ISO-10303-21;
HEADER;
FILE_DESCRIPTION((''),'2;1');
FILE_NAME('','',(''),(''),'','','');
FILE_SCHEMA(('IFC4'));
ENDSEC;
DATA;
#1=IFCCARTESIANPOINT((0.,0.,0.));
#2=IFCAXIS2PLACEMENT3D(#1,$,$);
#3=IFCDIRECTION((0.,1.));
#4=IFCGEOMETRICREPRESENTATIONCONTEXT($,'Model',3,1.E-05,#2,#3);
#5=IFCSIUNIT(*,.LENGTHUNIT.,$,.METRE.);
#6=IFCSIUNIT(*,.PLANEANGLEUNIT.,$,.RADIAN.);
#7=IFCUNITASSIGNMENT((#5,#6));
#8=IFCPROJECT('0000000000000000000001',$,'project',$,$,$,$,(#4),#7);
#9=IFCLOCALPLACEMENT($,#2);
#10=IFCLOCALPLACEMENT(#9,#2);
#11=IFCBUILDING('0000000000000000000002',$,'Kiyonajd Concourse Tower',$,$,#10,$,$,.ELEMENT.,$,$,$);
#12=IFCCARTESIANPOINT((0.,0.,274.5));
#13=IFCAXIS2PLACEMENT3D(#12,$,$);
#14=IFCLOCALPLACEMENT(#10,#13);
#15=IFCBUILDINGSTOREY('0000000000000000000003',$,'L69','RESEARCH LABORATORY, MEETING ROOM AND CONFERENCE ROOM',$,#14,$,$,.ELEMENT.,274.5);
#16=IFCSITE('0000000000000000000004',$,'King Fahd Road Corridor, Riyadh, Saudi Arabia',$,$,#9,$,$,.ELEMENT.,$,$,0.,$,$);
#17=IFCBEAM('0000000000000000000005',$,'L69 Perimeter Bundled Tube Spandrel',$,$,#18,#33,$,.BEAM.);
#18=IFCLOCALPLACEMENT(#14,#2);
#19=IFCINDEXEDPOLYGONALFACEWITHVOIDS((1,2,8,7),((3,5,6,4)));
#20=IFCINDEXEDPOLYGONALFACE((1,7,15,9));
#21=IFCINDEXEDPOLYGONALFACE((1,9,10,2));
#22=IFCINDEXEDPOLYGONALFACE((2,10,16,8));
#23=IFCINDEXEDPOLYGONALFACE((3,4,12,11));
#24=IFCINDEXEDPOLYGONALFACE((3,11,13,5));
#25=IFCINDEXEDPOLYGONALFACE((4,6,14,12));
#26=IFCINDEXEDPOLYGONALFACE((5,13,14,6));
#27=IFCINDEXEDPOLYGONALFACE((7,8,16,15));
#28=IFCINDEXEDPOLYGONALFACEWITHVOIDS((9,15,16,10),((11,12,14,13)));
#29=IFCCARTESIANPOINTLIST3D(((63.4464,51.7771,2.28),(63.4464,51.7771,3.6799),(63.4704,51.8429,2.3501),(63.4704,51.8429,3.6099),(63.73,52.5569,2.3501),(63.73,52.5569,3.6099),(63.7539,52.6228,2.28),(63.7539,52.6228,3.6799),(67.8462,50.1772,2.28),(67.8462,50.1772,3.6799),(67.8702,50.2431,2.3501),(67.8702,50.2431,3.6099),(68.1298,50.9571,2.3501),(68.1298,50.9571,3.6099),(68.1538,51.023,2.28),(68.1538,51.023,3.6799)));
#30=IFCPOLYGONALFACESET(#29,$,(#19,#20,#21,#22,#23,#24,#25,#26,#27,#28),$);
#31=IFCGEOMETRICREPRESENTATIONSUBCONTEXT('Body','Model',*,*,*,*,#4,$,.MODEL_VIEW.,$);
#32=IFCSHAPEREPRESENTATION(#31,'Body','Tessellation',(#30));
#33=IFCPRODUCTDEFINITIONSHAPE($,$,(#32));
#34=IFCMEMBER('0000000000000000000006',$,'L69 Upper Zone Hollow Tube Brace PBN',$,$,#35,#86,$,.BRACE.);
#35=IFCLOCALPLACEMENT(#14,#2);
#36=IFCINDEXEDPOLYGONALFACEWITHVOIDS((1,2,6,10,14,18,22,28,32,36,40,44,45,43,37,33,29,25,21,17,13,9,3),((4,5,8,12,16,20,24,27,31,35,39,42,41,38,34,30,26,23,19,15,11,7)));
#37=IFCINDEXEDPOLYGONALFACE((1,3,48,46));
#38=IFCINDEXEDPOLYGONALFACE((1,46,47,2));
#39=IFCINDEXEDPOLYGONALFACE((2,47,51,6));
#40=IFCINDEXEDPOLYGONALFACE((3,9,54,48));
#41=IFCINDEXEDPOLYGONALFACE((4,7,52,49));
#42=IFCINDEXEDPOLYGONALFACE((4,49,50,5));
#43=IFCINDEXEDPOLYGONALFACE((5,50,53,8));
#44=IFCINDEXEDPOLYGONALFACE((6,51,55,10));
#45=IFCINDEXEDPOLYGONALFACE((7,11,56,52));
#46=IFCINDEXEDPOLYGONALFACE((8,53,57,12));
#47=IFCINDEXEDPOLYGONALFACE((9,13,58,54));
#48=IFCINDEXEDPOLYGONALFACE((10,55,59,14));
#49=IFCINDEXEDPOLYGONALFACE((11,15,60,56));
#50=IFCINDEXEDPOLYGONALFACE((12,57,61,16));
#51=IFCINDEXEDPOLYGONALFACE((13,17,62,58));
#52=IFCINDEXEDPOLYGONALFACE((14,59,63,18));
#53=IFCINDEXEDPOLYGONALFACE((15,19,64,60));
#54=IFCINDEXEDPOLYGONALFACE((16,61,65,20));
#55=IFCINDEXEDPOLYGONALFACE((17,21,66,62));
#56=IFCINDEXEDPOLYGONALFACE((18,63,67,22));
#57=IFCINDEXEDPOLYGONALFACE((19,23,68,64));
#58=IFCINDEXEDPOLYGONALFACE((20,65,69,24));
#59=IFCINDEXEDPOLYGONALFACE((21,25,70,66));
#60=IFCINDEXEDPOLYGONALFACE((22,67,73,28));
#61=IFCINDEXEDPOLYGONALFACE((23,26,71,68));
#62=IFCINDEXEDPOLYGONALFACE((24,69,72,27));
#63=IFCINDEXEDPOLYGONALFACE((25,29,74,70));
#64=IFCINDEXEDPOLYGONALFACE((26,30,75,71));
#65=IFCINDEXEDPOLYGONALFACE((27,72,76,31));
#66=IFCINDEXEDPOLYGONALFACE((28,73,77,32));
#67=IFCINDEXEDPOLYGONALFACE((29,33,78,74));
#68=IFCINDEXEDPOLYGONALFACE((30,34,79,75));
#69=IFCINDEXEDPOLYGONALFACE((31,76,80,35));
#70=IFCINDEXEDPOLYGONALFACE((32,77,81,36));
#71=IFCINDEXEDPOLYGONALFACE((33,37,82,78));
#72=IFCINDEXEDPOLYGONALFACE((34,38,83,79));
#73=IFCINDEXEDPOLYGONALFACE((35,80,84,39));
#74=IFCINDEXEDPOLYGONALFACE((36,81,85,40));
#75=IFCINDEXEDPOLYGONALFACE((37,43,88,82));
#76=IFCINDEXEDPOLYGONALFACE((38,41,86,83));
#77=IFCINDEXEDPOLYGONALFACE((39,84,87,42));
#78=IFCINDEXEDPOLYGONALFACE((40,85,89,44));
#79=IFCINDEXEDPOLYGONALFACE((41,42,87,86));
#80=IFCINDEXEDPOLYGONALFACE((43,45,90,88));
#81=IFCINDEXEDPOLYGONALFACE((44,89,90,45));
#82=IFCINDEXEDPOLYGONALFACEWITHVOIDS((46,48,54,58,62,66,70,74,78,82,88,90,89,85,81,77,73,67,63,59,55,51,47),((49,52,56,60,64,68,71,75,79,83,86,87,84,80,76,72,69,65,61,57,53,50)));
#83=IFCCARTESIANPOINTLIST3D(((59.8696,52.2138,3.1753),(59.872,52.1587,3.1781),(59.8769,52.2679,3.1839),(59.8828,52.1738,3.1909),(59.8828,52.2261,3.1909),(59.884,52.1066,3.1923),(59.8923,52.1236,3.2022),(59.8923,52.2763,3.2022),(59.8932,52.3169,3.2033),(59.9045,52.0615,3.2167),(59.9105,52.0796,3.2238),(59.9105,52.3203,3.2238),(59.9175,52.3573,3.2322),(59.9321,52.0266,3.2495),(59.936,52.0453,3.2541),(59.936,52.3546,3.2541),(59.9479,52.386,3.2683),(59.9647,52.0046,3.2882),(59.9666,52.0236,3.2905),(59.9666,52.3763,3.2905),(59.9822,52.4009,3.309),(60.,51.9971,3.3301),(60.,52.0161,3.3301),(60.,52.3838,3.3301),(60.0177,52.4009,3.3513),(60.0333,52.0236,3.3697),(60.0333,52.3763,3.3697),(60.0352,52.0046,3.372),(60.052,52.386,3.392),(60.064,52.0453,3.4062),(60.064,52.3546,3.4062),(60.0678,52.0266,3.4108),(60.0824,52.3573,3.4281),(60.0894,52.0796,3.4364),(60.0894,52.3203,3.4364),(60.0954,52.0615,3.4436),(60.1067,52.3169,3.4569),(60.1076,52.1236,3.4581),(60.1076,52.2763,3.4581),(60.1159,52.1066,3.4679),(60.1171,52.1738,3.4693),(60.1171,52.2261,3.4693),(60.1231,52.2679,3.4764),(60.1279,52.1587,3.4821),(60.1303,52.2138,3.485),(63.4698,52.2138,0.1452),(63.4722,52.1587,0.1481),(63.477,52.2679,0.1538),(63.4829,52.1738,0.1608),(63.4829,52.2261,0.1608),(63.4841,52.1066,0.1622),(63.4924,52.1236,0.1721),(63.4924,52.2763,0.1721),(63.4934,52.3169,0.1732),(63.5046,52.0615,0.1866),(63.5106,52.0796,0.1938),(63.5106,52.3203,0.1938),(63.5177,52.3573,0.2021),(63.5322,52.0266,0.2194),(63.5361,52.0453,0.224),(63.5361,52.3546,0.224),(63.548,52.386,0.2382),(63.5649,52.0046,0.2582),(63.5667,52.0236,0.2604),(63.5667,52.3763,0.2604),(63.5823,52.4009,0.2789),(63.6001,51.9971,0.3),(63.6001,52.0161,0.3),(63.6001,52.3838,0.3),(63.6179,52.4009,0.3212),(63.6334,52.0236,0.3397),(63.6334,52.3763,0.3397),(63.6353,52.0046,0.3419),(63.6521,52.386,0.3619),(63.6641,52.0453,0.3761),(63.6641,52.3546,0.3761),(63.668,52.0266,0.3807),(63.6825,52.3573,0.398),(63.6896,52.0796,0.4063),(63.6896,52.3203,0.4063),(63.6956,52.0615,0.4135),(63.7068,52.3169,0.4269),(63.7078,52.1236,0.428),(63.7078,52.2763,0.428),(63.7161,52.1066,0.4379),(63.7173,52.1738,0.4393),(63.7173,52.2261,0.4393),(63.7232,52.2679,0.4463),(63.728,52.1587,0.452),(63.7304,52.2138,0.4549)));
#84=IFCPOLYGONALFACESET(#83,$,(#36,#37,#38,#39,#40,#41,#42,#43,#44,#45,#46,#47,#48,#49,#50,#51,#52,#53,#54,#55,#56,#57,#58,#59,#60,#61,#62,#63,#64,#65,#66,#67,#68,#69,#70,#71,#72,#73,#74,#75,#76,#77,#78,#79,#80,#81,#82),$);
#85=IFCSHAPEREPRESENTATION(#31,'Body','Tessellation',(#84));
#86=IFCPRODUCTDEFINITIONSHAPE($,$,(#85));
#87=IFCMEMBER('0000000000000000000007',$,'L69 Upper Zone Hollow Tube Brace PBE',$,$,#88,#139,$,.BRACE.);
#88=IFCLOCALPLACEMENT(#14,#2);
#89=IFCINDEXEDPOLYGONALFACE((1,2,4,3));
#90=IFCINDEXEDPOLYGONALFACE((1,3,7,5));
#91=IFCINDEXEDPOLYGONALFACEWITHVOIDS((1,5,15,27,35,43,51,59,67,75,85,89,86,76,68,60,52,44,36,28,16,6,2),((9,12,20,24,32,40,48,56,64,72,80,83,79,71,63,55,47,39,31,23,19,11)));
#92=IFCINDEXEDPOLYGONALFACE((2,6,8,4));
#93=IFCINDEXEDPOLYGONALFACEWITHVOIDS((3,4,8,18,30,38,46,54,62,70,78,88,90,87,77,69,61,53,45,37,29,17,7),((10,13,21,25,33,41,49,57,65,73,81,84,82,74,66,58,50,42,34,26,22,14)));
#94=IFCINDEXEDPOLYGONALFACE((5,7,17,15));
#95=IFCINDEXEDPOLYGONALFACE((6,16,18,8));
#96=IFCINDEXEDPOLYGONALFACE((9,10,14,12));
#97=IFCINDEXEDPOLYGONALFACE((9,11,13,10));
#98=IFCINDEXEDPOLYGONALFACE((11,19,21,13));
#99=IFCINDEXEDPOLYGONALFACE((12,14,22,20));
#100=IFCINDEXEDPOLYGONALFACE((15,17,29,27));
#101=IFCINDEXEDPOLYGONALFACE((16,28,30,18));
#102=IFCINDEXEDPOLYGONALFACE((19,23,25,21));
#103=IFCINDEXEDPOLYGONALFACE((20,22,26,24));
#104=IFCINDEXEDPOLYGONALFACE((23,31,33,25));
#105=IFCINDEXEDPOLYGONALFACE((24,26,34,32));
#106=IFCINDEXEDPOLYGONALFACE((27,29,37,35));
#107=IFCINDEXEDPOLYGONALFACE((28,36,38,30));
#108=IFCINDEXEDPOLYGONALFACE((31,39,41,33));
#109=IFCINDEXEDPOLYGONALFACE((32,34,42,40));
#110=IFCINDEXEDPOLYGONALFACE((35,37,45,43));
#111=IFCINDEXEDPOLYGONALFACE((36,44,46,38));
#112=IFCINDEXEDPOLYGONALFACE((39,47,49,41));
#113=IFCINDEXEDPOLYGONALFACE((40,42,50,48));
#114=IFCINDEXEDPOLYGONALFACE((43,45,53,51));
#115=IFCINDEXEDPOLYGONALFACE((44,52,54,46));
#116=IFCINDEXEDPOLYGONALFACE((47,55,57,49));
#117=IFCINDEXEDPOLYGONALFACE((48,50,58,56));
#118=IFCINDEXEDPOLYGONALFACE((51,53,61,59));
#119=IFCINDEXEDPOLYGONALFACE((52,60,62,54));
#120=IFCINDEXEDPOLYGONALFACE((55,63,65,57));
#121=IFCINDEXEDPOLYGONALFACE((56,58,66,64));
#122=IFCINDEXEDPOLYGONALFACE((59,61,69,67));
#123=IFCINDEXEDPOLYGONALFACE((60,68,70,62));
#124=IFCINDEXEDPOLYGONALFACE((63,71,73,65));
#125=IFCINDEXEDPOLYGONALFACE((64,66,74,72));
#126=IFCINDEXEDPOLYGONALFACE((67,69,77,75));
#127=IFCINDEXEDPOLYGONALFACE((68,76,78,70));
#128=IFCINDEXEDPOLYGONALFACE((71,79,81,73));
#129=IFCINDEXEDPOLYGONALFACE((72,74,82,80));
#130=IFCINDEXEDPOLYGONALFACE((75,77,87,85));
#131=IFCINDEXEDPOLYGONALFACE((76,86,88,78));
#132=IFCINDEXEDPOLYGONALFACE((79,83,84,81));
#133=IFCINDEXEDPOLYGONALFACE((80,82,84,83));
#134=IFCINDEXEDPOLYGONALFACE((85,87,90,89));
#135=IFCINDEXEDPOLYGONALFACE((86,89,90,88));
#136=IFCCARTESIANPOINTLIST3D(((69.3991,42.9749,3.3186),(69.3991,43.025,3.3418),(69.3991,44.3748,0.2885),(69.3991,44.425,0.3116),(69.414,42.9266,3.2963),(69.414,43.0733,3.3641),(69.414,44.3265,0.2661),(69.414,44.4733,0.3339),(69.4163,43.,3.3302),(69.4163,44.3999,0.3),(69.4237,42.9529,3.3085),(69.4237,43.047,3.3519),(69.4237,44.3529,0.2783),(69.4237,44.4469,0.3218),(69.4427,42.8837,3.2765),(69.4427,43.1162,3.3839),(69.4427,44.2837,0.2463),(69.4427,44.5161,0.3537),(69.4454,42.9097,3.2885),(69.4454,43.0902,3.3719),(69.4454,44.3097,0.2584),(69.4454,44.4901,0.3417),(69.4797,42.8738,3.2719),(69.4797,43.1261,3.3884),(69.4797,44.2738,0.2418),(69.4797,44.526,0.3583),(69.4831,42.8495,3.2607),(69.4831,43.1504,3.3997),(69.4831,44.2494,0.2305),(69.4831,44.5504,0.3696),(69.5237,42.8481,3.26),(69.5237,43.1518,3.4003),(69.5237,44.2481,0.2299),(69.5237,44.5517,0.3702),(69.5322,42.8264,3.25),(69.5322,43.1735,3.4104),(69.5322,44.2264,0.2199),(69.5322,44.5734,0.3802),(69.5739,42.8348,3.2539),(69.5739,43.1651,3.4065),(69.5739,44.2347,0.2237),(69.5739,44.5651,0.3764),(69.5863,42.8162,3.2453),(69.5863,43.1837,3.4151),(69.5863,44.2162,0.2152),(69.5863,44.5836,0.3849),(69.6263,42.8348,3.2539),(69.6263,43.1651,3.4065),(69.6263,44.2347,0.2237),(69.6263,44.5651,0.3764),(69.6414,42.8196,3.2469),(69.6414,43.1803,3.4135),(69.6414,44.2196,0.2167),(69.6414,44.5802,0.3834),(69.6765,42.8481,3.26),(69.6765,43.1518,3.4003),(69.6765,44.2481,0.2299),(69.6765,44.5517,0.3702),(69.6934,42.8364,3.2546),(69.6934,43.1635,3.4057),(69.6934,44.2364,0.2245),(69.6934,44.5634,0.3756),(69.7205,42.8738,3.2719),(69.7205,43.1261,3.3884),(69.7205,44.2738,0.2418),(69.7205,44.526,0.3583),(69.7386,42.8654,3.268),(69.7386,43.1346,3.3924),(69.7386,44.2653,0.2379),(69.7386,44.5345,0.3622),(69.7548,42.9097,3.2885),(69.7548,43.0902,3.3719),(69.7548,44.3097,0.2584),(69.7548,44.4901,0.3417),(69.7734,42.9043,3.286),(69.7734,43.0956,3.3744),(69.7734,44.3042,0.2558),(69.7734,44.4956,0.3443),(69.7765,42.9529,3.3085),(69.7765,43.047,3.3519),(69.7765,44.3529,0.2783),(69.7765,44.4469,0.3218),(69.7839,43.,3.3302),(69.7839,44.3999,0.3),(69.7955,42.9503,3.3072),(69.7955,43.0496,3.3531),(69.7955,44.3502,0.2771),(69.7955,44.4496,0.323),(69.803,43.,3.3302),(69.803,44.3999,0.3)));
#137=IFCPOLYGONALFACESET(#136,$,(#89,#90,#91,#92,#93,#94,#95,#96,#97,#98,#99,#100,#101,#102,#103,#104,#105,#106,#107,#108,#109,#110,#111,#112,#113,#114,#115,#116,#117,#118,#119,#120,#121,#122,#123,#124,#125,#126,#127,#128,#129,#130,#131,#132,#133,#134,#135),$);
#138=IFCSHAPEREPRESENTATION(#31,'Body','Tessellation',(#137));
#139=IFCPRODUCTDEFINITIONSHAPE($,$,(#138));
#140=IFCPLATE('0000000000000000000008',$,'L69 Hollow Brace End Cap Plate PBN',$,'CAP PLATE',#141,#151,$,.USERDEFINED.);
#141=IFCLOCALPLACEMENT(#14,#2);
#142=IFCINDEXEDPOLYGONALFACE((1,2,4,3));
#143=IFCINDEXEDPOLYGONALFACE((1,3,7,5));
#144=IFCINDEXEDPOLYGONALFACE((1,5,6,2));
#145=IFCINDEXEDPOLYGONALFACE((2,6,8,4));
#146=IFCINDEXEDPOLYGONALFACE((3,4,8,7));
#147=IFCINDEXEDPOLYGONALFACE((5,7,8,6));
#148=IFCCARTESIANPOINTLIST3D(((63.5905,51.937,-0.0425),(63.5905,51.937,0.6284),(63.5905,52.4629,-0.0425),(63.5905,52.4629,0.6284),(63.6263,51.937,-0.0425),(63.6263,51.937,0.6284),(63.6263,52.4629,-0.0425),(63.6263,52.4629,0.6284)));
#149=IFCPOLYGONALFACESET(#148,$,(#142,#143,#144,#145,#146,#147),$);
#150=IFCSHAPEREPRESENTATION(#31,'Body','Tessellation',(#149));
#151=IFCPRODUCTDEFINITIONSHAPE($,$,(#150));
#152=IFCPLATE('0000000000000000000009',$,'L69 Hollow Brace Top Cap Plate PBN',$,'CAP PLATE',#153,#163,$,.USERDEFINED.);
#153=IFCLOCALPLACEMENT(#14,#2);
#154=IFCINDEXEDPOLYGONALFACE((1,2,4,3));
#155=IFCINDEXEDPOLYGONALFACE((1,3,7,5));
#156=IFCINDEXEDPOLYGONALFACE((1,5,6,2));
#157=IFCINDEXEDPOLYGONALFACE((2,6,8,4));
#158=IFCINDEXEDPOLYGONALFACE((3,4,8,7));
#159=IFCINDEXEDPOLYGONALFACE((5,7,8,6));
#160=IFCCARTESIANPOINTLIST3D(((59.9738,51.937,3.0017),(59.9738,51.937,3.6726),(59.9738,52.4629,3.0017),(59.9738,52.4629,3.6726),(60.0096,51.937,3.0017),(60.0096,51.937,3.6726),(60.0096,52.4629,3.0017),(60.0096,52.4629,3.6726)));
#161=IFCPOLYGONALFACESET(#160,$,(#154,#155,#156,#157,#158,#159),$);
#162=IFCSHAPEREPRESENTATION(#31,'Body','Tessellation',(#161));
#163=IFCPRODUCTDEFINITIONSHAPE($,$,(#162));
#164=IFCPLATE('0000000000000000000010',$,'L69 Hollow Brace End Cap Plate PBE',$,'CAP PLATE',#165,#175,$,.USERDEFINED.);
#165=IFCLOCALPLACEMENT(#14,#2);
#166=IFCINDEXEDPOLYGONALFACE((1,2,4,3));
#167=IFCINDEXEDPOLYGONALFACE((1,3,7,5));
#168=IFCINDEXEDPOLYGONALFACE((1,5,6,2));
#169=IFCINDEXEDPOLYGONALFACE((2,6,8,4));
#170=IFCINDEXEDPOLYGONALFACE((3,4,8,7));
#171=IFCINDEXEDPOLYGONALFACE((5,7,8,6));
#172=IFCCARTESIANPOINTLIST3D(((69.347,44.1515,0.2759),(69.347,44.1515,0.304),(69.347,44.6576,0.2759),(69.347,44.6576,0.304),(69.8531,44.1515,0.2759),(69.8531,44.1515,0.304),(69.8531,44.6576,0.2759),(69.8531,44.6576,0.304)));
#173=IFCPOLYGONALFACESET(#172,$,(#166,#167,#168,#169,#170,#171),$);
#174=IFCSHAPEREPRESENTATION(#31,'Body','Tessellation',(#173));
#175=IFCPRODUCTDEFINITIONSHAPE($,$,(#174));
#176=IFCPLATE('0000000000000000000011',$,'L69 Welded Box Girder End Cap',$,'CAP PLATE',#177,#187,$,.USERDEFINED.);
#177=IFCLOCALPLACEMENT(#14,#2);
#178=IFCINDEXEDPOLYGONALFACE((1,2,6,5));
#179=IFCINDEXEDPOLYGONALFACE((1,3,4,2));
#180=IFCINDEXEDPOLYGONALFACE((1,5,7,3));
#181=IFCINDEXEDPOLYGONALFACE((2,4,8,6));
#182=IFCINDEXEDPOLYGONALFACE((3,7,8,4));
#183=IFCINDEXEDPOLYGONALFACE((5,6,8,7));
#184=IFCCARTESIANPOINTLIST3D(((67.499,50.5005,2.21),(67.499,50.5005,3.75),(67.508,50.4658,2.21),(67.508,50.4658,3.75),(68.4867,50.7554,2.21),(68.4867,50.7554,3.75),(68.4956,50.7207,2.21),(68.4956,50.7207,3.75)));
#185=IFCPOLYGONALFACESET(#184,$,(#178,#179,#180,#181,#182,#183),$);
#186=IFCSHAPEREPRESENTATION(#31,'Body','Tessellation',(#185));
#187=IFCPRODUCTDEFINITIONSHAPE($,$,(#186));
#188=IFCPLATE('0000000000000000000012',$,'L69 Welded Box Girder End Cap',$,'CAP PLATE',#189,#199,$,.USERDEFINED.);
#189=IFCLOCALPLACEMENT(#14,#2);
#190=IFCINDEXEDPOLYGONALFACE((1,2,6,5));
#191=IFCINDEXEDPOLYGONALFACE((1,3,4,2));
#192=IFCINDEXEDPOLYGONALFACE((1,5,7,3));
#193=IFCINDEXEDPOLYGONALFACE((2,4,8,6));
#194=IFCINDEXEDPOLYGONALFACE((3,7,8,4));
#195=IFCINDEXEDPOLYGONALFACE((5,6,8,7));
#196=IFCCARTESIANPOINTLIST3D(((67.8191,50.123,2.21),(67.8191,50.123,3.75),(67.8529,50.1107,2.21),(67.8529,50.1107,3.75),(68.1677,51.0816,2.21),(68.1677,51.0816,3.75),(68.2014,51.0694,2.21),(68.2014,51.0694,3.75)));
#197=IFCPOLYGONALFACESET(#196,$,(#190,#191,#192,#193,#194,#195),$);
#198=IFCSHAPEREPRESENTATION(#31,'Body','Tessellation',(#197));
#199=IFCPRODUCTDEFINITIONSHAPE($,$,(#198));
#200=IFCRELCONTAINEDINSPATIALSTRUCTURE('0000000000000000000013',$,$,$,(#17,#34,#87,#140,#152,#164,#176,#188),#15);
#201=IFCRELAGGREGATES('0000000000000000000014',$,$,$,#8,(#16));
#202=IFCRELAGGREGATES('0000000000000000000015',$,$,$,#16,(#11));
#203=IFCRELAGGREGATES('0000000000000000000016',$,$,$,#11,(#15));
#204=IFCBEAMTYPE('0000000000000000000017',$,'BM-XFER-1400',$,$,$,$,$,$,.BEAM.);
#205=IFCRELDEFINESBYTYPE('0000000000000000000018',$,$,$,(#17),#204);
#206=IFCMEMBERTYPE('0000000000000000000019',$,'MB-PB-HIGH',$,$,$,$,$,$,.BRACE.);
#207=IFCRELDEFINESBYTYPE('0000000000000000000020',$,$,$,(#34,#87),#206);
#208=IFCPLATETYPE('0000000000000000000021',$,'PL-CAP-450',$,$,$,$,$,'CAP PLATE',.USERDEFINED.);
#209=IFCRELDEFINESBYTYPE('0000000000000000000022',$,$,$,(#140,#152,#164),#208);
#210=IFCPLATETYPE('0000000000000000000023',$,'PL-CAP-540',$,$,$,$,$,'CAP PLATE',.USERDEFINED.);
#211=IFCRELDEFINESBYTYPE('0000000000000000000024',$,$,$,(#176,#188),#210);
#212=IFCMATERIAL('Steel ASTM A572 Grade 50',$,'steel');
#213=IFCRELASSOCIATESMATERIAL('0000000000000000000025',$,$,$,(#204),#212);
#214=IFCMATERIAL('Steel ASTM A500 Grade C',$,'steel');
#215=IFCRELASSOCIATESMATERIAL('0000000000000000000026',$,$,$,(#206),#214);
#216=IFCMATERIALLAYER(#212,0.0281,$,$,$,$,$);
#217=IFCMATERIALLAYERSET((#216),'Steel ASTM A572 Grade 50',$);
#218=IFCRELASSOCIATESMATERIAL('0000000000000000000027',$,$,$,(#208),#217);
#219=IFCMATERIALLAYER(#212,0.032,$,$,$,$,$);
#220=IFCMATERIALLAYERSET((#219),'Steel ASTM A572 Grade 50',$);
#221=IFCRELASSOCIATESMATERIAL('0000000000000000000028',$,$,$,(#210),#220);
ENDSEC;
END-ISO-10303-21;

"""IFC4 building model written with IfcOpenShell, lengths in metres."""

from ifc_helpers import new_model, si_unit, direction, frame, origin, origin_2d, place, context, subcontext, project, spatial, rectangle, hollow_rectangle, hollow_circle, extrude, material, layer, layer_set, material_profile, profile_set, type_object, element, save


model = new_model("IFC4")

# Units and contexts
model_context = context("Model", 3, precision=1e-05, world=origin(), true_north=direction((0.0, 1.0)))
body_context = subcontext(model_context, "Body", "Model", "MODEL_VIEW")
ifc_project = project(units=[si_unit("LENGTHUNIT", "METRE"), si_unit("PLANEANGLEUNIT", "RADIAN")], contexts=[model_context])

# Site, building, storey
site_placement = place(None, origin())
site = spatial("IfcSite", under=ifc_project, at=site_placement, Name="King Fahd Road Corridor, Riyadh, Saudi Arabia", CompositionType="ELEMENT", RefElevation=0.0)
building_placement = place(site_placement, origin())
building = spatial("IfcBuilding", under=site, at=building_placement, Name="Kiyonajd Concourse Tower", CompositionType="ELEMENT")
storey_placement = place(building_placement, frame((0.0, 0.0, 274.5)))
storey = spatial("IfcBuildingStorey", under=building, at=storey_placement, Name="L69", Description="RESEARCH LABORATORY, MEETING ROOM AND CONFERENCE ROOM", CompositionType="ELEMENT", Elevation=274.5)

# Beam
ifc_material_1 = material(Name="Steel ASTM A572 Grade 50", Category="steel")
ifc_material_profile_1 = material_profile(ifc_material_1, hollow_rectangle(XDim=0.8999, YDim=1.3999, WallThickness=0.0701, at=origin_2d()), Name="BOX-1400x900x70")
ifc_profile_set_1 = profile_set([ifc_material_profile_1], Name="Steel ASTM A572 Grade 50")
beam_type_1 = type_object("IfcBeamType", Name="BM-XFER-1400", PredefinedType="BEAM", material=ifc_profile_set_1)
beam_1_placement = place(storey_placement, frame((68.0, 50.6001, 2.98), z_axis=(-0.939801, 0.341722, 0.0), x_axis=(-0.341722, -0.939801, 0.0)))
element("IfcBeam", 1, at=beam_1_placement, inside=storey, type_object=beam_type_1, Name="L69 Perimeter Bundled Tube Spandrel", PredefinedType="BEAM", context=body_context, shape_type="SweptSolid", body=[
    extrude(hollow_rectangle(XDim=0.8999, YDim=1.3999, WallThickness=0.0701, at=origin_2d()), origin(), (0.0, 0.0, 1.0), 4.6816),
])

# Members
ifc_material_2 = material(Name="Steel ASTM A500 Grade C", Category="steel")
ifc_material_profile_2 = material_profile(ifc_material_2, hollow_circle(Radius=0.2029, WallThickness=0.019, at=origin_2d()), Name="CHS-406x19")
ifc_profile_set_2 = profile_set([ifc_material_profile_2], Name="Steel ASTM A500 Grade C")
member_type = type_object("IfcMemberType", Name="MB-PB-HIGH", PredefinedType="BRACE", material=ifc_profile_set_2)
member_1_placement = place(storey_placement, frame((63.6001, 52.2, 0.3), z_axis=(-0.765082, 0.0, 0.643933), x_axis=(0.0, -1.0, 0.0)))
element("IfcMember", 2, at=member_1_placement, inside=storey, type_object=member_type, Name="L69 Upper Zone Hollow Tube Brace PBN", PredefinedType="BRACE", context=body_context, shape_type="SweptSolid", body=[
    extrude(hollow_circle(Radius=0.2029, WallThickness=0.019, at=origin_2d()), origin(), (0.0, 0.0, 1.0), 4.7056),
])
member_2_placement = place(storey_placement, frame((69.6001, 44.3999, 0.3), z_axis=(0.0, -0.419411, 0.907797), x_axis=(1.0, 0.0, 0.0)))
element("IfcMember", 3, at=member_2_placement, inside=storey, type_object=member_type, Name="L69 Upper Zone Hollow Tube Brace PBE", PredefinedType="BRACE", context=body_context, shape_type="SweptSolid", body=[
    extrude(hollow_circle(Radius=0.2029, WallThickness=0.019, at=origin_2d()), origin(), (0.0, 0.0, 1.0), 3.3379),
])

# Plates
ifc_layer_1 = layer(ifc_material_1, 0.0281)
ifc_layer_set_1 = layer_set([ifc_layer_1], Name="Steel ASTM A572 Grade 50")
plate_type_1 = type_object("IfcPlateType", Name="PL-CAP-450", ElementType="CAP PLATE", PredefinedType="USERDEFINED", material=ifc_layer_set_1)
for number, where, z_axis, x_axis, name in (
    (4, (63.6084, 52.2, -0.0425), (0.0, 0.0, 1.0), (1.0, 0.0, 0.0), "L69 Hollow Brace End Cap Plate PBN"),
    (5, (59.9917, 52.2, 3.0017), (0.0, 0.0, 1.0), (-1.0, 0.0, 0.0), "L69 Hollow Brace Top Cap Plate PBN"),
):
    element("IfcPlate", number, at=place(storey_placement, frame(where, z_axis=z_axis, x_axis=x_axis)), inside=storey, type_object=plate_type_1, Name=name, ObjectType="CAP PLATE", PredefinedType="USERDEFINED", context=body_context, shape_type="SweptSolid", body=[
        extrude(rectangle(XDim=0.0359, YDim=0.5259, at=origin_2d()), origin(), (0.0, 0.0, 1.0), 0.6709),
    ])
plate_placement = place(storey_placement, frame((69.6001, 44.4045, 0.2759), z_axis=(0.0, 0.0, 1.0), x_axis=(1.0, 0.0, 0.0)))
element("IfcPlate", 6, at=plate_placement, inside=storey, type_object=plate_type_1, Name="L69 Hollow Brace End Cap Plate PBE", ObjectType="CAP PLATE", PredefinedType="USERDEFINED", context=body_context, shape_type="SweptSolid", body=[
    extrude(rectangle(XDim=0.5061, YDim=0.5061, at=origin_2d()), origin(), (0.0, 0.0, 1.0), 0.0281),
])
ifc_layer_2 = layer(ifc_material_1, 0.032)
ifc_layer_set_2 = layer_set([ifc_layer_2], Name="Steel ASTM A572 Grade 50")
plate_type_2 = type_object("IfcPlateType", Name="PL-CAP-540", ElementType="CAP PLATE", PredefinedType="USERDEFINED", material=ifc_layer_set_2)
for number, where, z_axis, x_axis, name in (
    (7, (67.9973, 50.6106, 2.21), (0.0, 0.0, 1.0), (-0.249873, 0.968279, 0.0), "L69 Welded Box Girder End Cap"),
    (8, (68.0103, 50.5962, 2.21), (0.0, 0.0, 1.0), (0.939812, -0.341692, 0.0), "L69 Welded Box Girder End Cap"),
):
    element("IfcPlate", number, at=place(storey_placement, frame(where, z_axis=z_axis, x_axis=x_axis)), inside=storey, type_object=plate_type_2, Name=name, ObjectType="CAP PLATE", PredefinedType="USERDEFINED", context=body_context, shape_type="SweptSolid", body=[
        extrude(rectangle(XDim=0.0359, YDim=1.02, at=origin_2d()), origin(), (0.0, 0.0, 1.0), 1.54),
    ])

save(model, "model.ifc")
